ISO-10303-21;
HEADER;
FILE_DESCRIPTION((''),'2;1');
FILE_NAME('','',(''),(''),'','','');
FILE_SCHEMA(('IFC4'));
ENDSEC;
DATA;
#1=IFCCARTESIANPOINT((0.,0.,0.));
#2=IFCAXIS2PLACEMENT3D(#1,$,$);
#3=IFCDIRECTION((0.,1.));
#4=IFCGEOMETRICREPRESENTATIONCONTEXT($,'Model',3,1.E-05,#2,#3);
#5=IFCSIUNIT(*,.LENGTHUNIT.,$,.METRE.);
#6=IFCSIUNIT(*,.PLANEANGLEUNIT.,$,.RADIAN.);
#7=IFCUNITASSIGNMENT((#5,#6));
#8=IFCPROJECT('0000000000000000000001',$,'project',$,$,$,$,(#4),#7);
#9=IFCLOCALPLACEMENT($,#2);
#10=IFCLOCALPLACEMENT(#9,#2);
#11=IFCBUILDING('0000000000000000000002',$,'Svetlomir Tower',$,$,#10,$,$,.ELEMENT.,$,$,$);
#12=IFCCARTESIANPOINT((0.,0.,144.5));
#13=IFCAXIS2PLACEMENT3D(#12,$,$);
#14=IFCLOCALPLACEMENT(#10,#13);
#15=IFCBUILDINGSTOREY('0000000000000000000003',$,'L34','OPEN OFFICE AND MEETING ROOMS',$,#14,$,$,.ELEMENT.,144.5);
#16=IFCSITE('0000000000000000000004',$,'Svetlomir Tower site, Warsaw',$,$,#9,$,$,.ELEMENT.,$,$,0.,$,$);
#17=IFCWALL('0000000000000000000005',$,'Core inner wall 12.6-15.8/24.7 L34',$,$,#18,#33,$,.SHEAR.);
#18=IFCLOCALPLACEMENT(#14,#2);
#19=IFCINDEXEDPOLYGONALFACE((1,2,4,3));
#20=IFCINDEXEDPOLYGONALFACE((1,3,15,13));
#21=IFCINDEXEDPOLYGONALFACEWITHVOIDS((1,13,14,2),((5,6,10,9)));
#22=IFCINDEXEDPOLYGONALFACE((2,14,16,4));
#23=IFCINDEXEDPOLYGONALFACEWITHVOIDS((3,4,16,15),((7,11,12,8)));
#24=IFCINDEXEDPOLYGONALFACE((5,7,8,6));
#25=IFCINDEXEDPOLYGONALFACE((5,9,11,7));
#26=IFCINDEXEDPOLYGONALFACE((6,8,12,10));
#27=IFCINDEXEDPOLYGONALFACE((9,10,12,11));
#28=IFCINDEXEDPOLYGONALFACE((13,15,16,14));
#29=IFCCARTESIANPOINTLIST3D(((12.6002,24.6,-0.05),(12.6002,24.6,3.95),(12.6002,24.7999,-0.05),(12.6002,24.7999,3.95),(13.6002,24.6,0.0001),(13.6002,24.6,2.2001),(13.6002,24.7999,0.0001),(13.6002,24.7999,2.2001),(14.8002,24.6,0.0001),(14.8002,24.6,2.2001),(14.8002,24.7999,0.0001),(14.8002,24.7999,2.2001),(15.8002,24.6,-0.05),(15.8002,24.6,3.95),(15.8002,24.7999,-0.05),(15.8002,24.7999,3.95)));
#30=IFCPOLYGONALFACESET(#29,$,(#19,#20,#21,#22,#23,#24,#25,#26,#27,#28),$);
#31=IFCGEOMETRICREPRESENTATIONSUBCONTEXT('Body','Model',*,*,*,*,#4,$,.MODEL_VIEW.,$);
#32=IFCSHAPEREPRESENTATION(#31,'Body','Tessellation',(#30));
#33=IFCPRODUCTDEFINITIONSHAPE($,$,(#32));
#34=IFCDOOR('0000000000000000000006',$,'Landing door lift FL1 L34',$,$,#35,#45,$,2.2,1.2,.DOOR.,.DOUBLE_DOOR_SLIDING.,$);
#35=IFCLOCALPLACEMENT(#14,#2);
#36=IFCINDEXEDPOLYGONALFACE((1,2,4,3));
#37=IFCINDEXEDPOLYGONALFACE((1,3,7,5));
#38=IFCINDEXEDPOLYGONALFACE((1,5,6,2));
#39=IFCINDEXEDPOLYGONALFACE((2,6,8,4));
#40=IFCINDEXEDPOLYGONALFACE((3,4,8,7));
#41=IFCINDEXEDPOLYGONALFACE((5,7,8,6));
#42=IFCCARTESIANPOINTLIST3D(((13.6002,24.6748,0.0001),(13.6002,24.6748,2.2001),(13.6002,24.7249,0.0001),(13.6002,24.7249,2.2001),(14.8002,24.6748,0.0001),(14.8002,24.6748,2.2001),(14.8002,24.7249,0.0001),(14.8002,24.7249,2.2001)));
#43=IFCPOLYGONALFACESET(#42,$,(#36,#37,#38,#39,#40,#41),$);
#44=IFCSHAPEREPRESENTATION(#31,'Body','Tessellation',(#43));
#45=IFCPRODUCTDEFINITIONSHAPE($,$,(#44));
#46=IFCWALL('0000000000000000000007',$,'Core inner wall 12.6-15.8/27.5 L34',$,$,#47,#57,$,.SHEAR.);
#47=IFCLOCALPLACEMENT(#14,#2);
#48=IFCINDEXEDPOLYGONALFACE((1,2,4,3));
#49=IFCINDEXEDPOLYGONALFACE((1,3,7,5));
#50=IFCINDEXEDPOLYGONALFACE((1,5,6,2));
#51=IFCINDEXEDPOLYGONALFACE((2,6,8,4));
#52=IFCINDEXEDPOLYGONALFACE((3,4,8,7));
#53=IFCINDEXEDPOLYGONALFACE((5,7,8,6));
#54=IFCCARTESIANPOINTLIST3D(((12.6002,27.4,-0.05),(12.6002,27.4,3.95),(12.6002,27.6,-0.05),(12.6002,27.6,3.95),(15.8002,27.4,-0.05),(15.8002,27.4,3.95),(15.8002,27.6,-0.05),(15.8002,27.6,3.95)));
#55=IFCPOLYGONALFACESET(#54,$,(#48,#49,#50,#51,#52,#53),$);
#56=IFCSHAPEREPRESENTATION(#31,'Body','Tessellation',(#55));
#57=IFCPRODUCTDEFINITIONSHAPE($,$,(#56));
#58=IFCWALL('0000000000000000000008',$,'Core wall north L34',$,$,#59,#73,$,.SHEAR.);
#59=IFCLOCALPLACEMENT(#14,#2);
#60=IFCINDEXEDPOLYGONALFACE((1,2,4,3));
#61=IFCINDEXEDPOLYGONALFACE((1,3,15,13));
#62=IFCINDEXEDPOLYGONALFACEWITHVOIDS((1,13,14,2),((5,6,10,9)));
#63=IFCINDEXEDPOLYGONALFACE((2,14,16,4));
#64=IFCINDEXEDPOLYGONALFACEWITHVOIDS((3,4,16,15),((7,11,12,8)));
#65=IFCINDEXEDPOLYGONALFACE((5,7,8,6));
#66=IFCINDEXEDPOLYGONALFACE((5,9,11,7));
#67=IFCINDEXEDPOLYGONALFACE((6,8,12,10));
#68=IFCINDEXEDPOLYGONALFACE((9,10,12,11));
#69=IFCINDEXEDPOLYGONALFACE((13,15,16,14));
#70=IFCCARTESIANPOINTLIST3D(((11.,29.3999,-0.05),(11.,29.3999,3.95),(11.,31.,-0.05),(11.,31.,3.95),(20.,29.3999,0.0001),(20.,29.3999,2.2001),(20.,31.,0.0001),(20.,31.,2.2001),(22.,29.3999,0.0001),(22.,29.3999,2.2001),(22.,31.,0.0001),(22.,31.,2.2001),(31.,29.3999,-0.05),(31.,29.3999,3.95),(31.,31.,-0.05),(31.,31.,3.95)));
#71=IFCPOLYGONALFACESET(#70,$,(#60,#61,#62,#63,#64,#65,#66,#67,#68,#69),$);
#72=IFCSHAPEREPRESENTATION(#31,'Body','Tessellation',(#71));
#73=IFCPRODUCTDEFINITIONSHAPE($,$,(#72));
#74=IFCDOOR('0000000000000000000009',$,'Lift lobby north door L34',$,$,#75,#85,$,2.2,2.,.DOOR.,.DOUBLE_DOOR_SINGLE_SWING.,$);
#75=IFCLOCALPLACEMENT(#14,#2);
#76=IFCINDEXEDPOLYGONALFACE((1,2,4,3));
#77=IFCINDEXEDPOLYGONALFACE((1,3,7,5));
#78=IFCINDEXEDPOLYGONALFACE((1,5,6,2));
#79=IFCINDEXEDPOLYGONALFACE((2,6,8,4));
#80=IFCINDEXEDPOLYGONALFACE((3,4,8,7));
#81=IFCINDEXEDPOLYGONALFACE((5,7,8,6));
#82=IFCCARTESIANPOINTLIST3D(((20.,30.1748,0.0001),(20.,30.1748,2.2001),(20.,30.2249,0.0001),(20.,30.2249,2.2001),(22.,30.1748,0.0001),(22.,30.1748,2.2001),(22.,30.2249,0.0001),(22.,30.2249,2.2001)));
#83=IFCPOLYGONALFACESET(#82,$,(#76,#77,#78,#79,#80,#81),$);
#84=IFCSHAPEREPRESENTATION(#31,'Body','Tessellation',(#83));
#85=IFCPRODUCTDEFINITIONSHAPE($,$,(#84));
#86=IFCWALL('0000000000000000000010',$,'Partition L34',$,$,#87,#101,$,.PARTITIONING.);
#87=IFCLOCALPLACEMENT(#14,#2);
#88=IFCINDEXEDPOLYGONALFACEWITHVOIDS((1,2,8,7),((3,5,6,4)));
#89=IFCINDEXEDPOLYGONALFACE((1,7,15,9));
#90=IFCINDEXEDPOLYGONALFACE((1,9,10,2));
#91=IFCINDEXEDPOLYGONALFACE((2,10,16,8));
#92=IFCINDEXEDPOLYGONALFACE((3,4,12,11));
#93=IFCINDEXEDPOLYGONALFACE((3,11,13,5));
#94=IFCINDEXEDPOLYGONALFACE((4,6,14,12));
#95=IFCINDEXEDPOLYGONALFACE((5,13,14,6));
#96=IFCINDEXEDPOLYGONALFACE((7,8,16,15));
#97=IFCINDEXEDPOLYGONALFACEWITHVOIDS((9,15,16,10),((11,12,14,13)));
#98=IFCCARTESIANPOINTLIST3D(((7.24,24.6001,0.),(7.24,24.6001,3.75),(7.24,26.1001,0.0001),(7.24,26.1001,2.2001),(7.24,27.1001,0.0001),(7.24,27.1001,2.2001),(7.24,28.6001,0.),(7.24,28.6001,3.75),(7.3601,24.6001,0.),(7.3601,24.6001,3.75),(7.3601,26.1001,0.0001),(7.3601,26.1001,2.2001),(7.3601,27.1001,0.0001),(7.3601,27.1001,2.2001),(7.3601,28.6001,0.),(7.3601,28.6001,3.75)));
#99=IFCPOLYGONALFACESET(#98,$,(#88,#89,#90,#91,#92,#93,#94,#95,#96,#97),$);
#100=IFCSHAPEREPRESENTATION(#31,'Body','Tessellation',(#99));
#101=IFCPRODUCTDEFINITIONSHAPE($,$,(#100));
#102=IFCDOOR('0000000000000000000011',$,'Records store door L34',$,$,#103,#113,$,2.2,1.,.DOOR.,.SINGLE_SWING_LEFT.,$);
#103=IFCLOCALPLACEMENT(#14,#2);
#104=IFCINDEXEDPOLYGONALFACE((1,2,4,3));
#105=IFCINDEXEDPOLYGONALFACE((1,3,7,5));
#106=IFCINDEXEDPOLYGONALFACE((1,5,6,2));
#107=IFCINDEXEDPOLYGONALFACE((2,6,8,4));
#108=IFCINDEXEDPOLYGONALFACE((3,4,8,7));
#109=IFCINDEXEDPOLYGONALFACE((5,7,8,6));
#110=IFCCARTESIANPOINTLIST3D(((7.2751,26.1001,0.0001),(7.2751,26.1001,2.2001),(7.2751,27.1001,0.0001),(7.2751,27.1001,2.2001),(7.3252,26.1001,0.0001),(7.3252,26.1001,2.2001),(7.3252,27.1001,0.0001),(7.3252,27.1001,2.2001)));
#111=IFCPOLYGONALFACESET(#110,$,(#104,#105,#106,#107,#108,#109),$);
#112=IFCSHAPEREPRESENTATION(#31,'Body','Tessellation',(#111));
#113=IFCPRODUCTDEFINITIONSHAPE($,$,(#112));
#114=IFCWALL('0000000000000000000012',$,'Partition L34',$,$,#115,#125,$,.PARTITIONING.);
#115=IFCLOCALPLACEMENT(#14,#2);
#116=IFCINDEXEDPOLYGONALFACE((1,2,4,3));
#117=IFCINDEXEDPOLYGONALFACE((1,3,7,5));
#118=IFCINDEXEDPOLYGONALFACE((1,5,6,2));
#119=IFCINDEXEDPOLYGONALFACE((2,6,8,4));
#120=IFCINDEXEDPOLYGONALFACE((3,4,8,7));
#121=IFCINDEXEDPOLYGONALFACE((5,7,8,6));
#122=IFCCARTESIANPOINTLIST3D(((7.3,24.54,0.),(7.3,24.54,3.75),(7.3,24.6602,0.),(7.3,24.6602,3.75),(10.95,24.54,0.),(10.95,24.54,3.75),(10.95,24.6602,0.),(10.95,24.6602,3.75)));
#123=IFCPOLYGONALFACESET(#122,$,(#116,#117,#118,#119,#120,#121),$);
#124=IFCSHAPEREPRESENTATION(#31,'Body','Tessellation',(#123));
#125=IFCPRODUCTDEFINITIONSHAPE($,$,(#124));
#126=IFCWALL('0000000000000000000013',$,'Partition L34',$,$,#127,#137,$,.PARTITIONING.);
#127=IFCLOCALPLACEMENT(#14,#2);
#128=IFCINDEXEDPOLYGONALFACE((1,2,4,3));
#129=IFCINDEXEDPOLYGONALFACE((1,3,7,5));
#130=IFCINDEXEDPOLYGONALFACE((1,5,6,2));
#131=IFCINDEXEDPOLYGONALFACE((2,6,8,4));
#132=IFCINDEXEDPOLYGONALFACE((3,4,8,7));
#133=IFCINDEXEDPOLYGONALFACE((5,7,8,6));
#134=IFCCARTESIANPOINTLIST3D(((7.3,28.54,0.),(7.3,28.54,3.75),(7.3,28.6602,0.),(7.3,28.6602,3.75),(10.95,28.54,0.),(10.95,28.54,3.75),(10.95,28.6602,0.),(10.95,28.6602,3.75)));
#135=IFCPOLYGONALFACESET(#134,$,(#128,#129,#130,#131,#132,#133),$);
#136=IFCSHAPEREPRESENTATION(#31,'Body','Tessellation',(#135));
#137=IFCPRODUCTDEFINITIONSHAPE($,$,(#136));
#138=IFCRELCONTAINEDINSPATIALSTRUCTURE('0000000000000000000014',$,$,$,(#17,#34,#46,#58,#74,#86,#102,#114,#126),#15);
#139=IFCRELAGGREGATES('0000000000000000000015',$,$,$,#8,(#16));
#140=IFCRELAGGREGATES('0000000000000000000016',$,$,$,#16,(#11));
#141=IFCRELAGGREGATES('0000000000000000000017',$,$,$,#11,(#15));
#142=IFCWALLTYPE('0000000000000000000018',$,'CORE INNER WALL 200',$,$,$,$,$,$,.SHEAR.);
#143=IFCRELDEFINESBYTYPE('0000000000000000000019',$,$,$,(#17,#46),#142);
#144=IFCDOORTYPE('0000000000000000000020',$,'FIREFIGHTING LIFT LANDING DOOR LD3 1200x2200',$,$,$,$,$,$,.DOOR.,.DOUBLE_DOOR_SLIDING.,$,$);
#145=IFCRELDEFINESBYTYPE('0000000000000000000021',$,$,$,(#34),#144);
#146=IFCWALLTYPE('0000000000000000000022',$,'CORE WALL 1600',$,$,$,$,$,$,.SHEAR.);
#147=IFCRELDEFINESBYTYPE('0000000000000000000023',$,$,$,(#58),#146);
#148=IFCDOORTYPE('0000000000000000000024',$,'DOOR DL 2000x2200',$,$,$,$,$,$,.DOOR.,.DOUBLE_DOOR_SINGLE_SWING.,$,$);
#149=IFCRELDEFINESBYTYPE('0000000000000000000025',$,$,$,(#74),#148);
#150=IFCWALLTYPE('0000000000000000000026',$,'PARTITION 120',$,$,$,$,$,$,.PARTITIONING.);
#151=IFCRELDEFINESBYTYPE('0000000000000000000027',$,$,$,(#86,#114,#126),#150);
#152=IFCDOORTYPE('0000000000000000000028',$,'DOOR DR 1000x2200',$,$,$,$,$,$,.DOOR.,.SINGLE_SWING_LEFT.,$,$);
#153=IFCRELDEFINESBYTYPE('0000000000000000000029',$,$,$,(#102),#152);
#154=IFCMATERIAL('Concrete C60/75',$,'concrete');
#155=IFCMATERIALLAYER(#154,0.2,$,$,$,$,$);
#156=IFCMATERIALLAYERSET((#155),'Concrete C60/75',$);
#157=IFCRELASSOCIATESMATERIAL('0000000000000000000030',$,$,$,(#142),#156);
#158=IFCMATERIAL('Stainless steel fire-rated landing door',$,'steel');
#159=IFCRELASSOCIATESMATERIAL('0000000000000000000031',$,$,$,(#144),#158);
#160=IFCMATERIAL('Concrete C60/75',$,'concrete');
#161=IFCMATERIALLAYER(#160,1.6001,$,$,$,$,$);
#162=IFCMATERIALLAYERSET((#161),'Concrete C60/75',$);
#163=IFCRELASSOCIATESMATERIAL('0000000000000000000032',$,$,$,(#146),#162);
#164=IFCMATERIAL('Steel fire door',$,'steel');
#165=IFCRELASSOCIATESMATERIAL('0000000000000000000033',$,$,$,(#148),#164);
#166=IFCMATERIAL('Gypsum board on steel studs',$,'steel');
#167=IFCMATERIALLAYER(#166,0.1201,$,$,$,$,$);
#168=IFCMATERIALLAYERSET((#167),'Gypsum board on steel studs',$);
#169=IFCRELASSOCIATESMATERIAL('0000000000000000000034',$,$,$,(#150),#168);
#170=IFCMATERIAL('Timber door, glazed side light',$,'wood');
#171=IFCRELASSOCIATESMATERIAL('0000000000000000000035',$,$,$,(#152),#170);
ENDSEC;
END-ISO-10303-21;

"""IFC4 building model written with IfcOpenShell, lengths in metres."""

from ifc_helpers import new_model, si_unit, direction, frame, frame_2d, origin, place, context, subcontext, project, spatial, rectangle, extrude, material, layer, layer_set, type_object, element, fill, save


model = new_model("IFC4")

# Units and contexts
model_context = context("Model", 3, precision=1e-05, world=origin(), true_north=direction((0.0, 1.0)))
body_context = subcontext(model_context, "Body", "Model", "MODEL_VIEW")
ifc_project = project(units=[si_unit("LENGTHUNIT", "METRE"), si_unit("PLANEANGLEUNIT", "RADIAN")], contexts=[model_context])

# Site, building, storey
site_placement = place(None, origin())
site = spatial("IfcSite", under=ifc_project, at=site_placement, Name="Svetlomir Tower site, Warsaw", CompositionType="ELEMENT", RefElevation=0.0)
building_placement = place(site_placement, origin())
building = spatial("IfcBuilding", under=site, at=building_placement, Name="Svetlomir Tower", CompositionType="ELEMENT")
storey_placement = place(building_placement, frame((0.0, 0.0, 144.5)))
storey = spatial("IfcBuildingStorey", under=building, at=storey_placement, Name="L34", Description="OPEN OFFICE AND MEETING ROOMS", CompositionType="ELEMENT", Elevation=144.5)

# Wall, opening, door
ifc_material_1 = material(Name="Concrete C60/75", Category="concrete")
ifc_layer_1 = layer(ifc_material_1, 0.2)
ifc_layer_set_1 = layer_set([ifc_layer_1], Name="Concrete C60/75")
wall_type_1 = type_object("IfcWallType", Name="CORE INNER WALL 200", PredefinedType="SHEAR", material=ifc_layer_set_1)
wall_1_placement = place(storey_placement, frame((12.6001, 24.7, -0.05), z_axis=(0.0, 0.0, 1.0), x_axis=(1.0, 0.0, 0.0)))
wall_1 = element("IfcWall", 1, at=wall_1_placement, inside=storey, type_object=wall_type_1, Name="Core inner wall 12.6-15.8/24.7 L34", PredefinedType="SHEAR", context=body_context, shape_type="SweptSolid", body=[
    extrude(rectangle(XDim=3.2, YDim=0.2, at=frame_2d((1.6001, 0.0))), origin(), (0.0, 0.0, 1.0), 4.0),
])
opening_1_placement = place(wall_1_placement, frame((1.0, 0.0, 0.05)))
opening_1 = element("IfcOpeningElement", 2, at=opening_1_placement, cuts=wall_1, PredefinedType="OPENING", context=body_context, shape_type="SweptSolid", body=[
    extrude(rectangle(XDim=1.2, YDim=2.2, at=frame_2d((0.6001, 1.1001))), frame((0.0, 0.1099, 0.0), z_axis=(0.0, -1.0, 0.0), x_axis=(1.0, 0.0, 0.0)), (0.0, 0.0, 1.0), 0.22),
])
ifc_material_2 = material(Name="Stainless steel fire-rated landing door", Category="steel")
door_type_1 = type_object("IfcDoorType", Name="FIREFIGHTING LIFT LANDING DOOR LD3 1200x2200", OperationType="DOUBLE_DOOR_SLIDING", PredefinedType="DOOR", material=ifc_material_2)
door_1_placement = place(opening_1_placement, origin())
door_1 = element("IfcDoor", 3, at=door_1_placement, inside=storey, type_object=door_type_1, Name="Landing door lift FL1 L34", OperationType="DOUBLE_DOOR_SLIDING", OverallHeight=2.2, OverallWidth=1.2, PredefinedType="DOOR", context=body_context, shape_type="SweptSolid", body=[
    extrude(rectangle(XDim=1.2, YDim=2.2, at=frame_2d((0.6001, 1.1001))), frame((0.0, 0.0249, 0.0), z_axis=(0.0, -1.0, 0.0), x_axis=(1.0, 0.0, 0.0)), (0.0, 0.0, 1.0), 0.05),
])
fill(opening_1, door_1)

# Wall
wall_2_placement = place(storey_placement, frame((12.6001, 27.5, -0.05), z_axis=(0.0, 0.0, 1.0), x_axis=(1.0, 0.0, 0.0)))
element("IfcWall", 4, at=wall_2_placement, inside=storey, type_object=wall_type_1, Name="Core inner wall 12.6-15.8/27.5 L34", PredefinedType="SHEAR", context=body_context, shape_type="SweptSolid", body=[
    extrude(rectangle(XDim=3.2, YDim=0.2, at=frame_2d((1.6001, 0.0))), origin(), (0.0, 0.0, 1.0), 4.0),
])

# Walls, openings, doors
ifc_material_3 = material(Name="Concrete C60/75", Category="concrete")
ifc_layer_2 = layer(ifc_material_3, 1.6001)
ifc_layer_set_2 = layer_set([ifc_layer_2], Name="Concrete C60/75")
wall_type_2 = type_object("IfcWallType", Name="CORE WALL 1600", PredefinedType="SHEAR", material=ifc_layer_set_2)
wall_3_placement = place(storey_placement, frame((11.0, 30.2, -0.05), z_axis=(0.0, 0.0, 1.0), x_axis=(1.0, 0.0, 0.0)))
wall_3 = element("IfcWall", 5, at=wall_3_placement, inside=storey, type_object=wall_type_2, Name="Core wall north L34", PredefinedType="SHEAR", context=body_context, shape_type="SweptSolid", body=[
    extrude(rectangle(XDim=20.0, YDim=1.6001, at=frame_2d((10.0, 0.0))), origin(), (0.0, 0.0, 1.0), 4.0),
])
opening_2_placement = place(wall_3_placement, frame((9.0, 0.0, 0.05)))
opening_2 = element("IfcOpeningElement", 6, at=opening_2_placement, cuts=wall_3, PredefinedType="OPENING", context=body_context, shape_type="SweptSolid", body=[
    extrude(rectangle(XDim=2.0, YDim=2.2, at=frame_2d((1.0, 1.1001))), frame((0.0, 0.8101, 0.0), z_axis=(0.0, -1.0, 0.0), x_axis=(1.0, 0.0, 0.0)), (0.0, 0.0, 1.0), 1.6201),
])
ifc_material_4 = material(Name="Steel fire door", Category="steel")
door_type_2 = type_object("IfcDoorType", Name="DOOR DL 2000x2200", OperationType="DOUBLE_DOOR_SINGLE_SWING", PredefinedType="DOOR", material=ifc_material_4)
door_2_placement = place(opening_2_placement, origin())
door_2 = element("IfcDoor", 7, at=door_2_placement, inside=storey, type_object=door_type_2, Name="Lift lobby north door L34", OperationType="DOUBLE_DOOR_SINGLE_SWING", OverallHeight=2.2, OverallWidth=2.0, PredefinedType="DOOR", context=body_context, shape_type="SweptSolid", body=[
    extrude(rectangle(XDim=2.0, YDim=2.2, at=frame_2d((1.0, 1.1001))), frame((0.0, 0.0249, 0.0), z_axis=(0.0, -1.0, 0.0), x_axis=(1.0, 0.0, 0.0)), (0.0, 0.0, 1.0), 0.05),
])
fill(opening_2, door_2)
ifc_material_5 = material(Name="Gypsum board on steel studs", Category="steel")
ifc_layer_3 = layer(ifc_material_5, 0.1201)
ifc_layer_set_3 = layer_set([ifc_layer_3], Name="Gypsum board on steel studs")
wall_type_3 = type_object("IfcWallType", Name="PARTITION 120", PredefinedType="PARTITIONING", material=ifc_layer_set_3)
wall_4_placement = place(storey_placement, frame((7.3, 24.6001, 0.0), z_axis=(0.0, 0.0, 1.0), x_axis=(0.0, 1.0, 0.0)))
wall_4 = element("IfcWall", 8, at=wall_4_placement, inside=storey, type_object=wall_type_3, Name="Partition L34", PredefinedType="PARTITIONING", context=body_context, shape_type="SweptSolid", body=[
    extrude(rectangle(XDim=4.0, YDim=0.1201, at=frame_2d((2.0, 0.0))), origin(), (0.0, 0.0, 1.0), 3.75),
])
opening_3_placement = place(wall_4_placement, frame((1.5, 0.0, 0.0)))
opening_3 = element("IfcOpeningElement", 9, at=opening_3_placement, cuts=wall_4, PredefinedType="OPENING", context=body_context, shape_type="SweptSolid", body=[
    extrude(rectangle(XDim=1.0, YDim=2.2, at=frame_2d((0.5, 1.1001))), frame((0.0, 0.0701, 0.0), z_axis=(0.0, -1.0, 0.0), x_axis=(1.0, 0.0, 0.0)), (0.0, 0.0, 1.0), 0.1401),
])
ifc_material_6 = material(Name="Timber door, glazed side light", Category="wood")
door_type_3 = type_object("IfcDoorType", Name="DOOR DR 1000x2200", OperationType="SINGLE_SWING_LEFT", PredefinedType="DOOR", material=ifc_material_6)
door_3_placement = place(opening_3_placement, origin())
door_3 = element("IfcDoor", 10, at=door_3_placement, inside=storey, type_object=door_type_3, Name="Records store door L34", OperationType="SINGLE_SWING_LEFT", OverallHeight=2.2, OverallWidth=1.0, PredefinedType="DOOR", context=body_context, shape_type="SweptSolid", body=[
    extrude(rectangle(XDim=1.0, YDim=2.2, at=frame_2d((0.5, 1.1001))), frame((0.0, 0.0249, 0.0), z_axis=(0.0, -1.0, 0.0), x_axis=(1.0, 0.0, 0.0)), (0.0, 0.0, 1.0), 0.05),
])
fill(opening_3, door_3)

# Walls
for number, where, z_axis, x_axis, name in (
    (11, (7.3, 24.6001, 0.0), (0.0, 0.0, 1.0), (1.0, 0.0, 0.0), "Partition L34"),
    (12, (7.3, 28.6001, 0.0), (0.0, 0.0, 1.0), (1.0, 0.0, 0.0), "Partition L34"),
):
    element("IfcWall", number, at=place(storey_placement, frame(where, z_axis=z_axis, x_axis=x_axis)), inside=storey, type_object=wall_type_3, Name=name, PredefinedType="PARTITIONING", context=body_context, shape_type="SweptSolid", body=[
        extrude(rectangle(XDim=3.6499, YDim=0.1201, at=frame_2d((1.825, 0.0))), origin(), (0.0, 0.0, 1.0), 3.75),
    ])

save(model, "model.ifc")
